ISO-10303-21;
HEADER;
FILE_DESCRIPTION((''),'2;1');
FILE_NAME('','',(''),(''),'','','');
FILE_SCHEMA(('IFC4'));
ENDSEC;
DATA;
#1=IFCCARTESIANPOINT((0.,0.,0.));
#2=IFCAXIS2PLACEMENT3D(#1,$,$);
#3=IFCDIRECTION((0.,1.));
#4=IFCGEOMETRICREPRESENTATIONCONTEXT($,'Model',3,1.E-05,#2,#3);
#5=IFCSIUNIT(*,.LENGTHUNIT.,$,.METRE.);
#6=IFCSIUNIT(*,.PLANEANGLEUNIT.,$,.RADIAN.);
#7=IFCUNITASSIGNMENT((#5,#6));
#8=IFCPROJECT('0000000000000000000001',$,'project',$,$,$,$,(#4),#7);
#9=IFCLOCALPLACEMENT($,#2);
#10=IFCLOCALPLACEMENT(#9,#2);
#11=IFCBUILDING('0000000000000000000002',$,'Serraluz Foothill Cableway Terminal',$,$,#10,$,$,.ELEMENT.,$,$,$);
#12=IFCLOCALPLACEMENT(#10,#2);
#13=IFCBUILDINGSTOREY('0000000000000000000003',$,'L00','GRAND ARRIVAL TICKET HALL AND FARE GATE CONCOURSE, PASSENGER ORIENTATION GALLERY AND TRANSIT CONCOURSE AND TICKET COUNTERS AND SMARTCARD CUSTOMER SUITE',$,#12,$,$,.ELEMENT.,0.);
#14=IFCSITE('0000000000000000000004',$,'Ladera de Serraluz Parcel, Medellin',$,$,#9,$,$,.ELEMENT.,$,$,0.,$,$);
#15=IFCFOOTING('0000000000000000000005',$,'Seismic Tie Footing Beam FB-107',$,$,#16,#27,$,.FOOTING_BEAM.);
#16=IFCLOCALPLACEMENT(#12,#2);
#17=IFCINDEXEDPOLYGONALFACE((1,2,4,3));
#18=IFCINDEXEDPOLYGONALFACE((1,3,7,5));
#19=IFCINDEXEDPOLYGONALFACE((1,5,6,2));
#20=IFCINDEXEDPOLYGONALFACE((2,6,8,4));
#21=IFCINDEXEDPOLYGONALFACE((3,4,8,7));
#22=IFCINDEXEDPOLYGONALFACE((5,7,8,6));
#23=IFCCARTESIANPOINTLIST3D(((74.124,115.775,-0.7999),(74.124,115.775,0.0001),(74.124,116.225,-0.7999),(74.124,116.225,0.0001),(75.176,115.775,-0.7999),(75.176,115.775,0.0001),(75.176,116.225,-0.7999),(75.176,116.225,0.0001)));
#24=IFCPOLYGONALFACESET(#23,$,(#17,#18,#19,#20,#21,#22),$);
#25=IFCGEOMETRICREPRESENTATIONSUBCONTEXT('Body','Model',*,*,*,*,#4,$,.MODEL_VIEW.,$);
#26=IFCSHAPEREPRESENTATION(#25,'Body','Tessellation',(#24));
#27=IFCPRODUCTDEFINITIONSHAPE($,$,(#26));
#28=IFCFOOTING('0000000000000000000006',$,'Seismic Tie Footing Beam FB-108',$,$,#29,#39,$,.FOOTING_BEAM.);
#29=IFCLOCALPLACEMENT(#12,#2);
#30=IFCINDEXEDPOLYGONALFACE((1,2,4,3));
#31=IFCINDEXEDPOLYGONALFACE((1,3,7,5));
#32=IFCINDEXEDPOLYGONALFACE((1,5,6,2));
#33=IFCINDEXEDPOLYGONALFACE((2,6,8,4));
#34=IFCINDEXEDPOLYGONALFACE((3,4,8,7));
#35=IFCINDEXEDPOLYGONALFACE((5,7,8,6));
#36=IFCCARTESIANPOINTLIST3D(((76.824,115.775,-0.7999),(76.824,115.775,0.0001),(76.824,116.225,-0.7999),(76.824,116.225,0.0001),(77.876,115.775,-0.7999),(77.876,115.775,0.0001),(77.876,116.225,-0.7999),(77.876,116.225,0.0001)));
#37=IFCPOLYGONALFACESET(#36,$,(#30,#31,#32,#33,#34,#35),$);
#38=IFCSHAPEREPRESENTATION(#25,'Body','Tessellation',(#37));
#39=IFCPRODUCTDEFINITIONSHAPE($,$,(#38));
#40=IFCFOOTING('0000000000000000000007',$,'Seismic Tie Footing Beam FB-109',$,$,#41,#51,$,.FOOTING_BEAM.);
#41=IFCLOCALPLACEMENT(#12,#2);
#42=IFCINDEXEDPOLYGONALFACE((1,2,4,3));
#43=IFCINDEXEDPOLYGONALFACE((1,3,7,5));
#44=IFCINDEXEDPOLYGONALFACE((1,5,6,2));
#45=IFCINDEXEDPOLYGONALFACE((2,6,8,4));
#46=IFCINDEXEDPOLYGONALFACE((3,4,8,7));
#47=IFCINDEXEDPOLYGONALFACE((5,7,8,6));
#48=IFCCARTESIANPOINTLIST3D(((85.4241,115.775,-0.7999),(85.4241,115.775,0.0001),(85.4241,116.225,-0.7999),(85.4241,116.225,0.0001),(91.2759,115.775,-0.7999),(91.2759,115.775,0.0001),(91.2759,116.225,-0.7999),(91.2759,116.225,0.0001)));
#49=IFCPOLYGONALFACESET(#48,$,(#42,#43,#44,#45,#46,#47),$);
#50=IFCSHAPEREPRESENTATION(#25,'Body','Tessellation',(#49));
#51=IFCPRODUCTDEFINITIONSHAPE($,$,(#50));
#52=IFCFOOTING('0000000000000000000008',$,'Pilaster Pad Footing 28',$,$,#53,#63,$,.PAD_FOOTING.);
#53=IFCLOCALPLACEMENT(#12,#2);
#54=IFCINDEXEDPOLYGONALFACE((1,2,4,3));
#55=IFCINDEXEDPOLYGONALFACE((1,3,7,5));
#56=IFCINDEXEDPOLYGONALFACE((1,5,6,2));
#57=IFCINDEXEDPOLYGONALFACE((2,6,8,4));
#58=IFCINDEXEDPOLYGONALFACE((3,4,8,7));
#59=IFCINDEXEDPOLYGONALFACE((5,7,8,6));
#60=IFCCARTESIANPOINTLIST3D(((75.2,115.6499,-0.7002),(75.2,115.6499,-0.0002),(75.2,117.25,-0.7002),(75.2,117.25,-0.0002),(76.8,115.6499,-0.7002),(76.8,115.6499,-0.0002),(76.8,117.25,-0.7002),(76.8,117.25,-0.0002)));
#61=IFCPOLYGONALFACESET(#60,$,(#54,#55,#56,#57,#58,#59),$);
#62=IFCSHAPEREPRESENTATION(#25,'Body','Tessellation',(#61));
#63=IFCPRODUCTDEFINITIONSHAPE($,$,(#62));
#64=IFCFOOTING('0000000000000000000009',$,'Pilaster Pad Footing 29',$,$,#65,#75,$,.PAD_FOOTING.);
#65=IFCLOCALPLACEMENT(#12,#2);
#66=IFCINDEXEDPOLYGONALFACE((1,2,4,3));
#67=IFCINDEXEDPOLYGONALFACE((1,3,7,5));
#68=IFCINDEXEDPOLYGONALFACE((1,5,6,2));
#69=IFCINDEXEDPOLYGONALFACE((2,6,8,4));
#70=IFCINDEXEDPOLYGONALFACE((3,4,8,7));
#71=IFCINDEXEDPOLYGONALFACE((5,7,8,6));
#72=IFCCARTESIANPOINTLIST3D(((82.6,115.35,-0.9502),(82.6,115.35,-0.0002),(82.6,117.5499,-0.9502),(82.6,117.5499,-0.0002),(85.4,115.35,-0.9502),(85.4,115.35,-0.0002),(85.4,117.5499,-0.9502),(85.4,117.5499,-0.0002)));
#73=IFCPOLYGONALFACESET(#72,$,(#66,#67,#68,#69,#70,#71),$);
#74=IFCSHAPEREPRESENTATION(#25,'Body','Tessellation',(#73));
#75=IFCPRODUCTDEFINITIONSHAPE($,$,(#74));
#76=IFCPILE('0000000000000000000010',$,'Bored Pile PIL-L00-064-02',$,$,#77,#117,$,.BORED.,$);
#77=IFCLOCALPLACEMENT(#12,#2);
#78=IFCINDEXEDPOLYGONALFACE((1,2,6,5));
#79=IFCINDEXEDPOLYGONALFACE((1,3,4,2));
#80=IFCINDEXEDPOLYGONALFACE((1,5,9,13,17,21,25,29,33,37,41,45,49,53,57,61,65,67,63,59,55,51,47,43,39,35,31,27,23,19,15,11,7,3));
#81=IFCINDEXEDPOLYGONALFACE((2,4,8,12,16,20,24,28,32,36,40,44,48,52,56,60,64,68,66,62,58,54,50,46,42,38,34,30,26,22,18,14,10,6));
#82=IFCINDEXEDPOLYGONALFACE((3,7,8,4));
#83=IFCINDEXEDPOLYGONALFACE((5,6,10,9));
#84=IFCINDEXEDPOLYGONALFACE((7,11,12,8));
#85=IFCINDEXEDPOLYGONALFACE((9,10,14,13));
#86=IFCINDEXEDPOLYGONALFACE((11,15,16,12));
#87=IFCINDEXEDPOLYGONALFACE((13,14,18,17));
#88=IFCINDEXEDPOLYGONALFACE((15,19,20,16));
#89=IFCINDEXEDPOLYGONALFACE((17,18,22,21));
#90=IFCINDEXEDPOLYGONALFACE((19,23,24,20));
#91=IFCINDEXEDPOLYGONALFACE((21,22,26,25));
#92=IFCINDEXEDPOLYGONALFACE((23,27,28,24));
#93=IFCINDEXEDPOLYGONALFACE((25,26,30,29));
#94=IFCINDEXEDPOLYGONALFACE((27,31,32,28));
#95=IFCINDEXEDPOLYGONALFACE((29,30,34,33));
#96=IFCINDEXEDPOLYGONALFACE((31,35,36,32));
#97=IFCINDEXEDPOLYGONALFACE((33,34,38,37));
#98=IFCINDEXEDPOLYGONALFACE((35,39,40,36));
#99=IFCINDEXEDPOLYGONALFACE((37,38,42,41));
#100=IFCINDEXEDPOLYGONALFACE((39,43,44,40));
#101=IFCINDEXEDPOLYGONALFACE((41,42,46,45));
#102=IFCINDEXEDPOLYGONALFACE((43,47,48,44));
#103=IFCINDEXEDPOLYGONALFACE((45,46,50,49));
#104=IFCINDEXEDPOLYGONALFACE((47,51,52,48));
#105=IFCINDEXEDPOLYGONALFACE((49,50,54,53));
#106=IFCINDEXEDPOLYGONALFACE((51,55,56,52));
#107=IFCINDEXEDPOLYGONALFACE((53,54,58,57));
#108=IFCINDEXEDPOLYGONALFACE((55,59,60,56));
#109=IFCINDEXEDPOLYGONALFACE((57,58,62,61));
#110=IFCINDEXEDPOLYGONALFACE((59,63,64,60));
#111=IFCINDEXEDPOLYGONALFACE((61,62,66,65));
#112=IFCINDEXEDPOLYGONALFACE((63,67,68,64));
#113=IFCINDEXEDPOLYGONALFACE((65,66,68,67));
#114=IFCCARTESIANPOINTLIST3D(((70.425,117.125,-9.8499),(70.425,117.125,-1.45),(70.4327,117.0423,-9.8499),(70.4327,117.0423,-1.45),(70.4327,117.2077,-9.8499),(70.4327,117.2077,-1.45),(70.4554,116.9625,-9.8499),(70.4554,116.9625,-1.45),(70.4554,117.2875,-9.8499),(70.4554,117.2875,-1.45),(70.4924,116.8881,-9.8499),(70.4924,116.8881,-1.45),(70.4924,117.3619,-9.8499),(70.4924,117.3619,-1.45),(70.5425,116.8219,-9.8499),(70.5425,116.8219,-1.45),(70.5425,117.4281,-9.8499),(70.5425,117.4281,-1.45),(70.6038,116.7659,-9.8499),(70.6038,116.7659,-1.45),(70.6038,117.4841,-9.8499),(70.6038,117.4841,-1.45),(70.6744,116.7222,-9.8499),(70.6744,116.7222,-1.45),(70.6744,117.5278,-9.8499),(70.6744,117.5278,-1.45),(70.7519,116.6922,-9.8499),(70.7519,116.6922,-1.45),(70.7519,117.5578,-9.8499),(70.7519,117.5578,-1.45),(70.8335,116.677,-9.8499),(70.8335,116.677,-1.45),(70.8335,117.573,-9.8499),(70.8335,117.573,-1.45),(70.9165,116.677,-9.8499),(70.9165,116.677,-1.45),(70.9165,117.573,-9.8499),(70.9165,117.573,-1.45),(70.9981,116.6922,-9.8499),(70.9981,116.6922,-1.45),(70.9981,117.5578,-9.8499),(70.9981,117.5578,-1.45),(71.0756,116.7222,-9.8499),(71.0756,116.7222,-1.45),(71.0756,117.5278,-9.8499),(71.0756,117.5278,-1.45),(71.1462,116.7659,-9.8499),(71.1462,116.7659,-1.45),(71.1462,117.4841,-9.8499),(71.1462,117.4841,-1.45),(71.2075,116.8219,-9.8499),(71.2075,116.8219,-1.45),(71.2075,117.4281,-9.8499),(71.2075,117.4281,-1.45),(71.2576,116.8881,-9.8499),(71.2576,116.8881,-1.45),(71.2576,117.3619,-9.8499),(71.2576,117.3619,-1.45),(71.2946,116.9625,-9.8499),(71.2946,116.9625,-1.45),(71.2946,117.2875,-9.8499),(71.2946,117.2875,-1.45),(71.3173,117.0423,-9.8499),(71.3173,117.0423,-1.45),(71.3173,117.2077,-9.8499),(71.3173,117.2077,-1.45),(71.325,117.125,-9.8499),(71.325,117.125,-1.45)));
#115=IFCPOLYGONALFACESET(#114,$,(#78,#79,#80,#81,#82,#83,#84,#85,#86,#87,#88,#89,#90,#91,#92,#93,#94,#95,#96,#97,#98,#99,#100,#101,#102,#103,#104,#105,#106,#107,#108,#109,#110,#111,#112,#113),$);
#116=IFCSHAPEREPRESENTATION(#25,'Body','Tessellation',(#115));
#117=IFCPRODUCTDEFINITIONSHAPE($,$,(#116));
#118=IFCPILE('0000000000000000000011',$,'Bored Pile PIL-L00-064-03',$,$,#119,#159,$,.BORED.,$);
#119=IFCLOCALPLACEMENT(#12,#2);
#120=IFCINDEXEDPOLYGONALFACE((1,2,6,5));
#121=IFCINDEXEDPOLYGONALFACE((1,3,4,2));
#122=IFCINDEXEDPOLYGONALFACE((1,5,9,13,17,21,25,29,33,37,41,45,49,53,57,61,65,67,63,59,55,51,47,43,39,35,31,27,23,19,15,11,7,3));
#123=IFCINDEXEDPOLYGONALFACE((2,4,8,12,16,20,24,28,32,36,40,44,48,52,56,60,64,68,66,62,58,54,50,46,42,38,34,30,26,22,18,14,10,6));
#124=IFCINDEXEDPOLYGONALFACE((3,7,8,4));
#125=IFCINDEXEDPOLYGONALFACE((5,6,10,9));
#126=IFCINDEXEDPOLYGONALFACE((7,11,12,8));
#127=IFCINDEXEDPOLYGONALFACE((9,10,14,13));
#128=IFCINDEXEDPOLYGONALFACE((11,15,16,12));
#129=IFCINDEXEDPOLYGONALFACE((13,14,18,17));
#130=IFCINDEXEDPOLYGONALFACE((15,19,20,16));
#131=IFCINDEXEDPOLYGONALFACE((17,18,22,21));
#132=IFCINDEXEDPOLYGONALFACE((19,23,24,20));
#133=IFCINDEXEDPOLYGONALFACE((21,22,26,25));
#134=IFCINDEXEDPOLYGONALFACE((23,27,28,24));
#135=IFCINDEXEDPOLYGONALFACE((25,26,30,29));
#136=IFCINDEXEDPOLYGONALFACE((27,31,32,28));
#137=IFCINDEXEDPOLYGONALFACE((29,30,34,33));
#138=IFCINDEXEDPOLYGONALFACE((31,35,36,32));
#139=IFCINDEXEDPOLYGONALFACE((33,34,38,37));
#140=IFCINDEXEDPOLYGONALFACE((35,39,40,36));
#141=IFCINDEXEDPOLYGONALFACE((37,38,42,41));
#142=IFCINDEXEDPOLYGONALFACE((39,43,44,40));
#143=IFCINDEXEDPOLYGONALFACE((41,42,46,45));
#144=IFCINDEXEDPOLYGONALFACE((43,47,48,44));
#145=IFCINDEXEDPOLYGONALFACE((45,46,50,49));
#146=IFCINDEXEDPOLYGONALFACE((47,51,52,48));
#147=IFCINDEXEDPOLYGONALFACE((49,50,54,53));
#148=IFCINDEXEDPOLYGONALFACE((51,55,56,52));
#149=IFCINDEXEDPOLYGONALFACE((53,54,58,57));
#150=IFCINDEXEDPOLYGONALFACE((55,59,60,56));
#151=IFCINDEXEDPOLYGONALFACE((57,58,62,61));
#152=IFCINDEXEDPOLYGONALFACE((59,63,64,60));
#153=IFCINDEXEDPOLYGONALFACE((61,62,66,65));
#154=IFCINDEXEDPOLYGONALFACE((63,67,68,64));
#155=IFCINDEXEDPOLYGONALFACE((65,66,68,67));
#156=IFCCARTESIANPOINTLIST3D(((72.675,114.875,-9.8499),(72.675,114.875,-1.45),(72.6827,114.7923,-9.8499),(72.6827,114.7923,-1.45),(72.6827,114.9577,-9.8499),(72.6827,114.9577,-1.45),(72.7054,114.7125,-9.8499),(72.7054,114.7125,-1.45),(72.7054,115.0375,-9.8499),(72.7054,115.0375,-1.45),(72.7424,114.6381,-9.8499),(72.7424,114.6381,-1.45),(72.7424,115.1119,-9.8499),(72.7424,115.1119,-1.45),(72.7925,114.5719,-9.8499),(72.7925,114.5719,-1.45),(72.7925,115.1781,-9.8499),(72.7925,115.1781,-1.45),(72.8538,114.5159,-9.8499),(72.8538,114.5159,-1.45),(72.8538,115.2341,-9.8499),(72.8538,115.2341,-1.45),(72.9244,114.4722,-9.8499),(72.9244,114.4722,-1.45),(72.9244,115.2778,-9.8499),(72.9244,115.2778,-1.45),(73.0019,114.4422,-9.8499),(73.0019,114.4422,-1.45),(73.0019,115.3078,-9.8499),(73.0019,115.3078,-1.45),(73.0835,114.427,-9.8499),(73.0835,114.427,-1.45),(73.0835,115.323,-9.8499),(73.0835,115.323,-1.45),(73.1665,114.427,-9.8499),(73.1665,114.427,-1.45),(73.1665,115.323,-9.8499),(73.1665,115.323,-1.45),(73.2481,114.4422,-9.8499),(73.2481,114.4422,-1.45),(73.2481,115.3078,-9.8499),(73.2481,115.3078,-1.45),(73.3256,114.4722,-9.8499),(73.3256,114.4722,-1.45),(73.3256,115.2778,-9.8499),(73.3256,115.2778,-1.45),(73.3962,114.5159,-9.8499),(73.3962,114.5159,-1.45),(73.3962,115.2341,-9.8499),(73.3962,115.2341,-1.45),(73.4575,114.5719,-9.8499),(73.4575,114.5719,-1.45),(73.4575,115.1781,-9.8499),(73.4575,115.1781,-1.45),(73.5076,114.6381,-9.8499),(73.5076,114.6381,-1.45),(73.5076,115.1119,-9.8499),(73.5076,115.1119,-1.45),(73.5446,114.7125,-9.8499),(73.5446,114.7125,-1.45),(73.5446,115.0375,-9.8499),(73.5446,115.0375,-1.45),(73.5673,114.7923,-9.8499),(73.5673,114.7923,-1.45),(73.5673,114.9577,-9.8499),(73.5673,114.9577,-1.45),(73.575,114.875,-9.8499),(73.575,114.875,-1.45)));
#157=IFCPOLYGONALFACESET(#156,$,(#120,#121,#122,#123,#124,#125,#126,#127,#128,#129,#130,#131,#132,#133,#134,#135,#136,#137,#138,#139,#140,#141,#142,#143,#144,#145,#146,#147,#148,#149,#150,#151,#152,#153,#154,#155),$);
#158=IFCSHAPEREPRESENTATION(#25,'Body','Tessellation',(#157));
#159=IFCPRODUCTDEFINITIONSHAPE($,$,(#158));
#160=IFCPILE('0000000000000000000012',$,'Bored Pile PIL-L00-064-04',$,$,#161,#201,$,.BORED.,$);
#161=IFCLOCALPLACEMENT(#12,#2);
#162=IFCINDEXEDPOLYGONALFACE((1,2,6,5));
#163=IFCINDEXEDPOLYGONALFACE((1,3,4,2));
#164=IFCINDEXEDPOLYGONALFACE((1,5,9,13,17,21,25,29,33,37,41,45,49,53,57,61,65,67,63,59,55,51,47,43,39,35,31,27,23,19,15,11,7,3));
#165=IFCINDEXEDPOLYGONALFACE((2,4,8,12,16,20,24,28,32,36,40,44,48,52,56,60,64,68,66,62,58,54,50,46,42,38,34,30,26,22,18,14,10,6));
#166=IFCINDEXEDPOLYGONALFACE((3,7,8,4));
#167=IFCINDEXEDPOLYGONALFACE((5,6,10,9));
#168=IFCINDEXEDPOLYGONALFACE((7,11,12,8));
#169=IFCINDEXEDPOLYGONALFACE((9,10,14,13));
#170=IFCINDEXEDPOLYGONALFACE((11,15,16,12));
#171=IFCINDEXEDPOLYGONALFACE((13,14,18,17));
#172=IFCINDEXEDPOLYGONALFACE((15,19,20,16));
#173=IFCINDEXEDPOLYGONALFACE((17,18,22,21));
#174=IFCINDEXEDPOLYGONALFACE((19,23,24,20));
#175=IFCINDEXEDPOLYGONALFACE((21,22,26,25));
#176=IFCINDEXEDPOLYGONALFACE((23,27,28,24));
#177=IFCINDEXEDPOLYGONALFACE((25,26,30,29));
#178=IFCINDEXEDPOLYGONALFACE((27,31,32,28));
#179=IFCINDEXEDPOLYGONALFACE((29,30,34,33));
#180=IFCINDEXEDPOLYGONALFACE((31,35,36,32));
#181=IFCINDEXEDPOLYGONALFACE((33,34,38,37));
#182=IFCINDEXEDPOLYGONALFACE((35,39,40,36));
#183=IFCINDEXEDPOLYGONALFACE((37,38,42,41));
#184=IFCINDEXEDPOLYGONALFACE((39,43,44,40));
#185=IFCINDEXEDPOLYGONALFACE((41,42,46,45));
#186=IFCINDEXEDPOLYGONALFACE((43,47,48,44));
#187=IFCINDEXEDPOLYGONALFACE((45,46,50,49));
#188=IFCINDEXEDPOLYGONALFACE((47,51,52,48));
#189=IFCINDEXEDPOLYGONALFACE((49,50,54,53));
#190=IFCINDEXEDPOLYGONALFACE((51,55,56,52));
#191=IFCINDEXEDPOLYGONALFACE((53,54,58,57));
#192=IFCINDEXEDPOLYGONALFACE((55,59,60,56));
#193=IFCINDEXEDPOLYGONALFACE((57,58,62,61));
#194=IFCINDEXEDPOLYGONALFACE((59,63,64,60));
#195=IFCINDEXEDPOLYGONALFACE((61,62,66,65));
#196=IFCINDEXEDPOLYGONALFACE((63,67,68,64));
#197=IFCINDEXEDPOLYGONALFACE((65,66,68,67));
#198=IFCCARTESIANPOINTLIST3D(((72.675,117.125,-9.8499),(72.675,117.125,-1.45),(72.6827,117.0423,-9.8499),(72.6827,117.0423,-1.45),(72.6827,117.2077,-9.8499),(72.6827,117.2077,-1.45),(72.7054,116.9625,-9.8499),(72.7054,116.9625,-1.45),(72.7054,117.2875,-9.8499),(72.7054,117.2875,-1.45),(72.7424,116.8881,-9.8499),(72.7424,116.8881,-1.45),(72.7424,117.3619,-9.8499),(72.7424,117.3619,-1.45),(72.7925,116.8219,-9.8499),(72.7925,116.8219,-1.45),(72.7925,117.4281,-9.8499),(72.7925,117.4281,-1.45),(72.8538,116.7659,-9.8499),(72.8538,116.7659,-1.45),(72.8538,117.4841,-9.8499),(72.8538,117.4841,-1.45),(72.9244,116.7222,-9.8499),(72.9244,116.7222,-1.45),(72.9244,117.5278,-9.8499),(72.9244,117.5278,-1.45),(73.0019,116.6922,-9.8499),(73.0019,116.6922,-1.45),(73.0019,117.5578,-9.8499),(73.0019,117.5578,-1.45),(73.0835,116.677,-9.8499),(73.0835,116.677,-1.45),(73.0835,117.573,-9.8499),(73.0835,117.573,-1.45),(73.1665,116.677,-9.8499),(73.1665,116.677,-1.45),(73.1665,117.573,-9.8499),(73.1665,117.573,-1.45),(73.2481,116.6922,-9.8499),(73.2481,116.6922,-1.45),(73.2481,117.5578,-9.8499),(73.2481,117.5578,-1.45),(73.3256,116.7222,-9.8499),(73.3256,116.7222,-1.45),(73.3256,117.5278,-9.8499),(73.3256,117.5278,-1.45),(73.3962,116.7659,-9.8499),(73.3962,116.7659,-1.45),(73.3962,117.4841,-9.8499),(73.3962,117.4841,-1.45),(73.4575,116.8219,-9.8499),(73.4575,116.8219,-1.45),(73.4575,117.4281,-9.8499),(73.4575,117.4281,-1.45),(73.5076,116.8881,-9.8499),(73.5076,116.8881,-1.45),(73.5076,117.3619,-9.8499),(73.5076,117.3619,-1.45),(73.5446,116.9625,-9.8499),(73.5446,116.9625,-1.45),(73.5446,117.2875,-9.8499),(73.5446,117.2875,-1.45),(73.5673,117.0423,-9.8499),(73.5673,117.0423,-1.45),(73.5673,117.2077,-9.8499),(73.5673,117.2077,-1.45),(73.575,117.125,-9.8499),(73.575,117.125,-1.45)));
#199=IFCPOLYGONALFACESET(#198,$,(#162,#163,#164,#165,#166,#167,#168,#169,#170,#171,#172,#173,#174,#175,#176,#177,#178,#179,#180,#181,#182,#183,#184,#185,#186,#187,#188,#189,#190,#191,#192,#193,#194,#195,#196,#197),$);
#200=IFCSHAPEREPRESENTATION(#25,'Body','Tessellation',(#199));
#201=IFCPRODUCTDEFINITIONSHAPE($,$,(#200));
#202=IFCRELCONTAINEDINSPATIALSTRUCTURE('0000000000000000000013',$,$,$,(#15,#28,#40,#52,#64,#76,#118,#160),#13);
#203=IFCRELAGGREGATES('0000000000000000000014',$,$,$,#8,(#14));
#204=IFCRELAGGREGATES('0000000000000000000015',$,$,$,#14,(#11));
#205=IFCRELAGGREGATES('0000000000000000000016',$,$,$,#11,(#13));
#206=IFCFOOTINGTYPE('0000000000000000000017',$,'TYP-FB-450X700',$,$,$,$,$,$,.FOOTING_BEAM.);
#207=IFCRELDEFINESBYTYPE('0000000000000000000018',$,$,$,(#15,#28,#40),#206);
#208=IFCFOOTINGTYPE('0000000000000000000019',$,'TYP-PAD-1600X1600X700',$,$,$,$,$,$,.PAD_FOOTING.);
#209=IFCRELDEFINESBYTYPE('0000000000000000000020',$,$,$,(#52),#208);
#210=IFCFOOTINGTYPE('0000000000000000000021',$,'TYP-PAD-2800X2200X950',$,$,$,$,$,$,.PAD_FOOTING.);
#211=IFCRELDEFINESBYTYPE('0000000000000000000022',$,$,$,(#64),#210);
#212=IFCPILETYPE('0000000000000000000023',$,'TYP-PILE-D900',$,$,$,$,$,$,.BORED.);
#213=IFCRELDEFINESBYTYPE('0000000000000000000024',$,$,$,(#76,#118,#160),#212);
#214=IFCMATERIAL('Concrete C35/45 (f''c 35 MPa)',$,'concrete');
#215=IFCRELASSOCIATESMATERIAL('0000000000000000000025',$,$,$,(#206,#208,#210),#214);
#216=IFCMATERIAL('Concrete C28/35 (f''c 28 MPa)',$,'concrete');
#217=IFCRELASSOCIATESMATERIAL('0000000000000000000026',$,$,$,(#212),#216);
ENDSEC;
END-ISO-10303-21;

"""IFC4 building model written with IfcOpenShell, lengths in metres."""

from ifc_helpers import new_model, si_unit, direction, frame, origin, origin_2d, place, context, subcontext, project, spatial, rectangle, circle, extrude, material, material_profile, profile_set, type_object, element, save


model = new_model("IFC4")

# Units and contexts
model_context = context("Model", 3, precision=1e-05, world=origin(), true_north=direction((0.0, 1.0)))
body_context = subcontext(model_context, "Body", "Model", "MODEL_VIEW")
ifc_project = project(units=[si_unit("LENGTHUNIT", "METRE"), si_unit("PLANEANGLEUNIT", "RADIAN")], contexts=[model_context])

# Site, building, storey
site_placement = place(None, origin())
site = spatial("IfcSite", under=ifc_project, at=site_placement, Name="Ladera de Serraluz Parcel, Medellin", CompositionType="ELEMENT", RefElevation=0.0)
building_placement = place(site_placement, origin())
building = spatial("IfcBuilding", under=site, at=building_placement, Name="Serraluz Foothill Cableway Terminal", CompositionType="ELEMENT")
storey_placement = place(building_placement, origin())
storey = spatial("IfcBuildingStorey", under=building, at=storey_placement, Name="L00", Description="GRAND ARRIVAL TICKET HALL AND FARE GATE CONCOURSE, PASSENGER ORIENTATION GALLERY AND TRANSIT CONCOURSE AND TICKET COUNTERS AND SMARTCARD CUSTOMER SUITE", CompositionType="ELEMENT", Elevation=0.0)

# Footings
ifc_material_1 = material(Name="Concrete C35/45 (f'c 35 MPa)", Category="concrete")
ifc_material_profile_1 = material_profile(ifc_material_1, rectangle(XDim=0.45, YDim=0.8, at=origin_2d()), Name="RC 450x800")
ifc_profile_set_1 = profile_set([ifc_material_profile_1], Name="Concrete C35/45 (f'c 35 MPa)")
footing_type_1 = type_object("IfcFootingType", Name="TYP-FB-450X700", PredefinedType="FOOTING_BEAM", material=ifc_profile_set_1)
for number, where, z_axis, x_axis, name in (
    (1, (74.124, 116.0, -0.3999), (1.0, 0.0, 0.0), (0.0, 1.0, 0.0), "Seismic Tie Footing Beam FB-107"),
    (2, (76.824, 116.0, -0.3999), (1.0, 0.0, 0.0), (0.0, 1.0, 0.0), "Seismic Tie Footing Beam FB-108"),
):
    element("IfcFooting", number, at=place(storey_placement, frame(where, z_axis=z_axis, x_axis=x_axis)), inside=storey, type_object=footing_type_1, Name=name, PredefinedType="FOOTING_BEAM", context=body_context, shape_type="SweptSolid", body=[
        extrude(rectangle(XDim=0.45, YDim=0.8, at=origin_2d()), origin(), (0.0, 0.0, 1.0), 1.052),
    ])
footing_1_placement = place(storey_placement, frame((85.4241, 116.0, -0.3999), z_axis=(1.0, 0.0, 0.0), x_axis=(0.0, 1.0, 0.0)))
element("IfcFooting", 3, at=footing_1_placement, inside=storey, type_object=footing_type_1, Name="Seismic Tie Footing Beam FB-109", PredefinedType="FOOTING_BEAM", context=body_context, shape_type="SweptSolid", body=[
    extrude(rectangle(XDim=0.45, YDim=0.8, at=origin_2d()), origin(), (0.0, 0.0, 1.0), 5.8518),
])
footing_type_2 = type_object("IfcFootingType", Name="TYP-PAD-1600X1600X700", PredefinedType="PAD_FOOTING", material=ifc_material_1)
footing_2_placement = place(storey_placement, frame((76.0, 116.45, -0.7002), z_axis=(0.0, 0.0, 1.0), x_axis=(1.0, 0.0, 0.0)))
element("IfcFooting", 4, at=footing_2_placement, inside=storey, type_object=footing_type_2, Name="Pilaster Pad Footing 28", PredefinedType="PAD_FOOTING", context=body_context, shape_type="SweptSolid", body=[
    extrude(rectangle(XDim=1.6001, YDim=1.6001, at=origin_2d()), origin(), (0.0, 0.0, 1.0), 0.7),
])
footing_type_3 = type_object("IfcFootingType", Name="TYP-PAD-2800X2200X950", PredefinedType="PAD_FOOTING", material=ifc_material_1)
footing_3_placement = place(storey_placement, frame((84.0, 116.45, -0.9502), z_axis=(0.0, 0.0, 1.0), x_axis=(1.0, 0.0, 0.0)))
element("IfcFooting", 5, at=footing_3_placement, inside=storey, type_object=footing_type_3, Name="Pilaster Pad Footing 29", PredefinedType="PAD_FOOTING", context=body_context, shape_type="SweptSolid", body=[
    extrude(rectangle(XDim=2.8, YDim=2.2, at=origin_2d()), origin(), (0.0, 0.0, 1.0), 0.95),
])

# Piles
ifc_material_2 = material(Name="Concrete C28/35 (f'c 28 MPa)", Category="concrete")
ifc_material_profile_2 = material_profile(ifc_material_2, circle(Radius=0.45, at=origin_2d()), Name="BORED PILE D900")
ifc_profile_set_2 = profile_set([ifc_material_profile_2], Name="Concrete C28/35 (f'c 28 MPa)")
pile_type = type_object("IfcPileType", Name="TYP-PILE-D900", PredefinedType="BORED", material=ifc_profile_set_2)
for number, where, z_axis, x_axis, name in (
    (6, (70.875, 117.125, -1.45), (0.0, 0.0, -1.0), (1.0, 0.0, 0.0), "Bored Pile PIL-L00-064-02"),
    (7, (73.125, 114.875, -1.45), (0.0, 0.0, -1.0), (1.0, 0.0, 0.0), "Bored Pile PIL-L00-064-03"),
    (8, (73.125, 117.125, -1.45), (0.0, 0.0, -1.0), (1.0, 0.0, 0.0), "Bored Pile PIL-L00-064-04"),
):
    element("IfcPile", number, at=place(storey_placement, frame(where, z_axis=z_axis, x_axis=x_axis)), inside=storey, type_object=pile_type, Name=name, PredefinedType="BORED", context=body_context, shape_type="SweptSolid", body=[
        extrude(circle(Radius=0.45, at=origin_2d()), origin(), (0.0, 0.0, 1.0), 8.3999),
    ])

save(model, "model.ifc")
